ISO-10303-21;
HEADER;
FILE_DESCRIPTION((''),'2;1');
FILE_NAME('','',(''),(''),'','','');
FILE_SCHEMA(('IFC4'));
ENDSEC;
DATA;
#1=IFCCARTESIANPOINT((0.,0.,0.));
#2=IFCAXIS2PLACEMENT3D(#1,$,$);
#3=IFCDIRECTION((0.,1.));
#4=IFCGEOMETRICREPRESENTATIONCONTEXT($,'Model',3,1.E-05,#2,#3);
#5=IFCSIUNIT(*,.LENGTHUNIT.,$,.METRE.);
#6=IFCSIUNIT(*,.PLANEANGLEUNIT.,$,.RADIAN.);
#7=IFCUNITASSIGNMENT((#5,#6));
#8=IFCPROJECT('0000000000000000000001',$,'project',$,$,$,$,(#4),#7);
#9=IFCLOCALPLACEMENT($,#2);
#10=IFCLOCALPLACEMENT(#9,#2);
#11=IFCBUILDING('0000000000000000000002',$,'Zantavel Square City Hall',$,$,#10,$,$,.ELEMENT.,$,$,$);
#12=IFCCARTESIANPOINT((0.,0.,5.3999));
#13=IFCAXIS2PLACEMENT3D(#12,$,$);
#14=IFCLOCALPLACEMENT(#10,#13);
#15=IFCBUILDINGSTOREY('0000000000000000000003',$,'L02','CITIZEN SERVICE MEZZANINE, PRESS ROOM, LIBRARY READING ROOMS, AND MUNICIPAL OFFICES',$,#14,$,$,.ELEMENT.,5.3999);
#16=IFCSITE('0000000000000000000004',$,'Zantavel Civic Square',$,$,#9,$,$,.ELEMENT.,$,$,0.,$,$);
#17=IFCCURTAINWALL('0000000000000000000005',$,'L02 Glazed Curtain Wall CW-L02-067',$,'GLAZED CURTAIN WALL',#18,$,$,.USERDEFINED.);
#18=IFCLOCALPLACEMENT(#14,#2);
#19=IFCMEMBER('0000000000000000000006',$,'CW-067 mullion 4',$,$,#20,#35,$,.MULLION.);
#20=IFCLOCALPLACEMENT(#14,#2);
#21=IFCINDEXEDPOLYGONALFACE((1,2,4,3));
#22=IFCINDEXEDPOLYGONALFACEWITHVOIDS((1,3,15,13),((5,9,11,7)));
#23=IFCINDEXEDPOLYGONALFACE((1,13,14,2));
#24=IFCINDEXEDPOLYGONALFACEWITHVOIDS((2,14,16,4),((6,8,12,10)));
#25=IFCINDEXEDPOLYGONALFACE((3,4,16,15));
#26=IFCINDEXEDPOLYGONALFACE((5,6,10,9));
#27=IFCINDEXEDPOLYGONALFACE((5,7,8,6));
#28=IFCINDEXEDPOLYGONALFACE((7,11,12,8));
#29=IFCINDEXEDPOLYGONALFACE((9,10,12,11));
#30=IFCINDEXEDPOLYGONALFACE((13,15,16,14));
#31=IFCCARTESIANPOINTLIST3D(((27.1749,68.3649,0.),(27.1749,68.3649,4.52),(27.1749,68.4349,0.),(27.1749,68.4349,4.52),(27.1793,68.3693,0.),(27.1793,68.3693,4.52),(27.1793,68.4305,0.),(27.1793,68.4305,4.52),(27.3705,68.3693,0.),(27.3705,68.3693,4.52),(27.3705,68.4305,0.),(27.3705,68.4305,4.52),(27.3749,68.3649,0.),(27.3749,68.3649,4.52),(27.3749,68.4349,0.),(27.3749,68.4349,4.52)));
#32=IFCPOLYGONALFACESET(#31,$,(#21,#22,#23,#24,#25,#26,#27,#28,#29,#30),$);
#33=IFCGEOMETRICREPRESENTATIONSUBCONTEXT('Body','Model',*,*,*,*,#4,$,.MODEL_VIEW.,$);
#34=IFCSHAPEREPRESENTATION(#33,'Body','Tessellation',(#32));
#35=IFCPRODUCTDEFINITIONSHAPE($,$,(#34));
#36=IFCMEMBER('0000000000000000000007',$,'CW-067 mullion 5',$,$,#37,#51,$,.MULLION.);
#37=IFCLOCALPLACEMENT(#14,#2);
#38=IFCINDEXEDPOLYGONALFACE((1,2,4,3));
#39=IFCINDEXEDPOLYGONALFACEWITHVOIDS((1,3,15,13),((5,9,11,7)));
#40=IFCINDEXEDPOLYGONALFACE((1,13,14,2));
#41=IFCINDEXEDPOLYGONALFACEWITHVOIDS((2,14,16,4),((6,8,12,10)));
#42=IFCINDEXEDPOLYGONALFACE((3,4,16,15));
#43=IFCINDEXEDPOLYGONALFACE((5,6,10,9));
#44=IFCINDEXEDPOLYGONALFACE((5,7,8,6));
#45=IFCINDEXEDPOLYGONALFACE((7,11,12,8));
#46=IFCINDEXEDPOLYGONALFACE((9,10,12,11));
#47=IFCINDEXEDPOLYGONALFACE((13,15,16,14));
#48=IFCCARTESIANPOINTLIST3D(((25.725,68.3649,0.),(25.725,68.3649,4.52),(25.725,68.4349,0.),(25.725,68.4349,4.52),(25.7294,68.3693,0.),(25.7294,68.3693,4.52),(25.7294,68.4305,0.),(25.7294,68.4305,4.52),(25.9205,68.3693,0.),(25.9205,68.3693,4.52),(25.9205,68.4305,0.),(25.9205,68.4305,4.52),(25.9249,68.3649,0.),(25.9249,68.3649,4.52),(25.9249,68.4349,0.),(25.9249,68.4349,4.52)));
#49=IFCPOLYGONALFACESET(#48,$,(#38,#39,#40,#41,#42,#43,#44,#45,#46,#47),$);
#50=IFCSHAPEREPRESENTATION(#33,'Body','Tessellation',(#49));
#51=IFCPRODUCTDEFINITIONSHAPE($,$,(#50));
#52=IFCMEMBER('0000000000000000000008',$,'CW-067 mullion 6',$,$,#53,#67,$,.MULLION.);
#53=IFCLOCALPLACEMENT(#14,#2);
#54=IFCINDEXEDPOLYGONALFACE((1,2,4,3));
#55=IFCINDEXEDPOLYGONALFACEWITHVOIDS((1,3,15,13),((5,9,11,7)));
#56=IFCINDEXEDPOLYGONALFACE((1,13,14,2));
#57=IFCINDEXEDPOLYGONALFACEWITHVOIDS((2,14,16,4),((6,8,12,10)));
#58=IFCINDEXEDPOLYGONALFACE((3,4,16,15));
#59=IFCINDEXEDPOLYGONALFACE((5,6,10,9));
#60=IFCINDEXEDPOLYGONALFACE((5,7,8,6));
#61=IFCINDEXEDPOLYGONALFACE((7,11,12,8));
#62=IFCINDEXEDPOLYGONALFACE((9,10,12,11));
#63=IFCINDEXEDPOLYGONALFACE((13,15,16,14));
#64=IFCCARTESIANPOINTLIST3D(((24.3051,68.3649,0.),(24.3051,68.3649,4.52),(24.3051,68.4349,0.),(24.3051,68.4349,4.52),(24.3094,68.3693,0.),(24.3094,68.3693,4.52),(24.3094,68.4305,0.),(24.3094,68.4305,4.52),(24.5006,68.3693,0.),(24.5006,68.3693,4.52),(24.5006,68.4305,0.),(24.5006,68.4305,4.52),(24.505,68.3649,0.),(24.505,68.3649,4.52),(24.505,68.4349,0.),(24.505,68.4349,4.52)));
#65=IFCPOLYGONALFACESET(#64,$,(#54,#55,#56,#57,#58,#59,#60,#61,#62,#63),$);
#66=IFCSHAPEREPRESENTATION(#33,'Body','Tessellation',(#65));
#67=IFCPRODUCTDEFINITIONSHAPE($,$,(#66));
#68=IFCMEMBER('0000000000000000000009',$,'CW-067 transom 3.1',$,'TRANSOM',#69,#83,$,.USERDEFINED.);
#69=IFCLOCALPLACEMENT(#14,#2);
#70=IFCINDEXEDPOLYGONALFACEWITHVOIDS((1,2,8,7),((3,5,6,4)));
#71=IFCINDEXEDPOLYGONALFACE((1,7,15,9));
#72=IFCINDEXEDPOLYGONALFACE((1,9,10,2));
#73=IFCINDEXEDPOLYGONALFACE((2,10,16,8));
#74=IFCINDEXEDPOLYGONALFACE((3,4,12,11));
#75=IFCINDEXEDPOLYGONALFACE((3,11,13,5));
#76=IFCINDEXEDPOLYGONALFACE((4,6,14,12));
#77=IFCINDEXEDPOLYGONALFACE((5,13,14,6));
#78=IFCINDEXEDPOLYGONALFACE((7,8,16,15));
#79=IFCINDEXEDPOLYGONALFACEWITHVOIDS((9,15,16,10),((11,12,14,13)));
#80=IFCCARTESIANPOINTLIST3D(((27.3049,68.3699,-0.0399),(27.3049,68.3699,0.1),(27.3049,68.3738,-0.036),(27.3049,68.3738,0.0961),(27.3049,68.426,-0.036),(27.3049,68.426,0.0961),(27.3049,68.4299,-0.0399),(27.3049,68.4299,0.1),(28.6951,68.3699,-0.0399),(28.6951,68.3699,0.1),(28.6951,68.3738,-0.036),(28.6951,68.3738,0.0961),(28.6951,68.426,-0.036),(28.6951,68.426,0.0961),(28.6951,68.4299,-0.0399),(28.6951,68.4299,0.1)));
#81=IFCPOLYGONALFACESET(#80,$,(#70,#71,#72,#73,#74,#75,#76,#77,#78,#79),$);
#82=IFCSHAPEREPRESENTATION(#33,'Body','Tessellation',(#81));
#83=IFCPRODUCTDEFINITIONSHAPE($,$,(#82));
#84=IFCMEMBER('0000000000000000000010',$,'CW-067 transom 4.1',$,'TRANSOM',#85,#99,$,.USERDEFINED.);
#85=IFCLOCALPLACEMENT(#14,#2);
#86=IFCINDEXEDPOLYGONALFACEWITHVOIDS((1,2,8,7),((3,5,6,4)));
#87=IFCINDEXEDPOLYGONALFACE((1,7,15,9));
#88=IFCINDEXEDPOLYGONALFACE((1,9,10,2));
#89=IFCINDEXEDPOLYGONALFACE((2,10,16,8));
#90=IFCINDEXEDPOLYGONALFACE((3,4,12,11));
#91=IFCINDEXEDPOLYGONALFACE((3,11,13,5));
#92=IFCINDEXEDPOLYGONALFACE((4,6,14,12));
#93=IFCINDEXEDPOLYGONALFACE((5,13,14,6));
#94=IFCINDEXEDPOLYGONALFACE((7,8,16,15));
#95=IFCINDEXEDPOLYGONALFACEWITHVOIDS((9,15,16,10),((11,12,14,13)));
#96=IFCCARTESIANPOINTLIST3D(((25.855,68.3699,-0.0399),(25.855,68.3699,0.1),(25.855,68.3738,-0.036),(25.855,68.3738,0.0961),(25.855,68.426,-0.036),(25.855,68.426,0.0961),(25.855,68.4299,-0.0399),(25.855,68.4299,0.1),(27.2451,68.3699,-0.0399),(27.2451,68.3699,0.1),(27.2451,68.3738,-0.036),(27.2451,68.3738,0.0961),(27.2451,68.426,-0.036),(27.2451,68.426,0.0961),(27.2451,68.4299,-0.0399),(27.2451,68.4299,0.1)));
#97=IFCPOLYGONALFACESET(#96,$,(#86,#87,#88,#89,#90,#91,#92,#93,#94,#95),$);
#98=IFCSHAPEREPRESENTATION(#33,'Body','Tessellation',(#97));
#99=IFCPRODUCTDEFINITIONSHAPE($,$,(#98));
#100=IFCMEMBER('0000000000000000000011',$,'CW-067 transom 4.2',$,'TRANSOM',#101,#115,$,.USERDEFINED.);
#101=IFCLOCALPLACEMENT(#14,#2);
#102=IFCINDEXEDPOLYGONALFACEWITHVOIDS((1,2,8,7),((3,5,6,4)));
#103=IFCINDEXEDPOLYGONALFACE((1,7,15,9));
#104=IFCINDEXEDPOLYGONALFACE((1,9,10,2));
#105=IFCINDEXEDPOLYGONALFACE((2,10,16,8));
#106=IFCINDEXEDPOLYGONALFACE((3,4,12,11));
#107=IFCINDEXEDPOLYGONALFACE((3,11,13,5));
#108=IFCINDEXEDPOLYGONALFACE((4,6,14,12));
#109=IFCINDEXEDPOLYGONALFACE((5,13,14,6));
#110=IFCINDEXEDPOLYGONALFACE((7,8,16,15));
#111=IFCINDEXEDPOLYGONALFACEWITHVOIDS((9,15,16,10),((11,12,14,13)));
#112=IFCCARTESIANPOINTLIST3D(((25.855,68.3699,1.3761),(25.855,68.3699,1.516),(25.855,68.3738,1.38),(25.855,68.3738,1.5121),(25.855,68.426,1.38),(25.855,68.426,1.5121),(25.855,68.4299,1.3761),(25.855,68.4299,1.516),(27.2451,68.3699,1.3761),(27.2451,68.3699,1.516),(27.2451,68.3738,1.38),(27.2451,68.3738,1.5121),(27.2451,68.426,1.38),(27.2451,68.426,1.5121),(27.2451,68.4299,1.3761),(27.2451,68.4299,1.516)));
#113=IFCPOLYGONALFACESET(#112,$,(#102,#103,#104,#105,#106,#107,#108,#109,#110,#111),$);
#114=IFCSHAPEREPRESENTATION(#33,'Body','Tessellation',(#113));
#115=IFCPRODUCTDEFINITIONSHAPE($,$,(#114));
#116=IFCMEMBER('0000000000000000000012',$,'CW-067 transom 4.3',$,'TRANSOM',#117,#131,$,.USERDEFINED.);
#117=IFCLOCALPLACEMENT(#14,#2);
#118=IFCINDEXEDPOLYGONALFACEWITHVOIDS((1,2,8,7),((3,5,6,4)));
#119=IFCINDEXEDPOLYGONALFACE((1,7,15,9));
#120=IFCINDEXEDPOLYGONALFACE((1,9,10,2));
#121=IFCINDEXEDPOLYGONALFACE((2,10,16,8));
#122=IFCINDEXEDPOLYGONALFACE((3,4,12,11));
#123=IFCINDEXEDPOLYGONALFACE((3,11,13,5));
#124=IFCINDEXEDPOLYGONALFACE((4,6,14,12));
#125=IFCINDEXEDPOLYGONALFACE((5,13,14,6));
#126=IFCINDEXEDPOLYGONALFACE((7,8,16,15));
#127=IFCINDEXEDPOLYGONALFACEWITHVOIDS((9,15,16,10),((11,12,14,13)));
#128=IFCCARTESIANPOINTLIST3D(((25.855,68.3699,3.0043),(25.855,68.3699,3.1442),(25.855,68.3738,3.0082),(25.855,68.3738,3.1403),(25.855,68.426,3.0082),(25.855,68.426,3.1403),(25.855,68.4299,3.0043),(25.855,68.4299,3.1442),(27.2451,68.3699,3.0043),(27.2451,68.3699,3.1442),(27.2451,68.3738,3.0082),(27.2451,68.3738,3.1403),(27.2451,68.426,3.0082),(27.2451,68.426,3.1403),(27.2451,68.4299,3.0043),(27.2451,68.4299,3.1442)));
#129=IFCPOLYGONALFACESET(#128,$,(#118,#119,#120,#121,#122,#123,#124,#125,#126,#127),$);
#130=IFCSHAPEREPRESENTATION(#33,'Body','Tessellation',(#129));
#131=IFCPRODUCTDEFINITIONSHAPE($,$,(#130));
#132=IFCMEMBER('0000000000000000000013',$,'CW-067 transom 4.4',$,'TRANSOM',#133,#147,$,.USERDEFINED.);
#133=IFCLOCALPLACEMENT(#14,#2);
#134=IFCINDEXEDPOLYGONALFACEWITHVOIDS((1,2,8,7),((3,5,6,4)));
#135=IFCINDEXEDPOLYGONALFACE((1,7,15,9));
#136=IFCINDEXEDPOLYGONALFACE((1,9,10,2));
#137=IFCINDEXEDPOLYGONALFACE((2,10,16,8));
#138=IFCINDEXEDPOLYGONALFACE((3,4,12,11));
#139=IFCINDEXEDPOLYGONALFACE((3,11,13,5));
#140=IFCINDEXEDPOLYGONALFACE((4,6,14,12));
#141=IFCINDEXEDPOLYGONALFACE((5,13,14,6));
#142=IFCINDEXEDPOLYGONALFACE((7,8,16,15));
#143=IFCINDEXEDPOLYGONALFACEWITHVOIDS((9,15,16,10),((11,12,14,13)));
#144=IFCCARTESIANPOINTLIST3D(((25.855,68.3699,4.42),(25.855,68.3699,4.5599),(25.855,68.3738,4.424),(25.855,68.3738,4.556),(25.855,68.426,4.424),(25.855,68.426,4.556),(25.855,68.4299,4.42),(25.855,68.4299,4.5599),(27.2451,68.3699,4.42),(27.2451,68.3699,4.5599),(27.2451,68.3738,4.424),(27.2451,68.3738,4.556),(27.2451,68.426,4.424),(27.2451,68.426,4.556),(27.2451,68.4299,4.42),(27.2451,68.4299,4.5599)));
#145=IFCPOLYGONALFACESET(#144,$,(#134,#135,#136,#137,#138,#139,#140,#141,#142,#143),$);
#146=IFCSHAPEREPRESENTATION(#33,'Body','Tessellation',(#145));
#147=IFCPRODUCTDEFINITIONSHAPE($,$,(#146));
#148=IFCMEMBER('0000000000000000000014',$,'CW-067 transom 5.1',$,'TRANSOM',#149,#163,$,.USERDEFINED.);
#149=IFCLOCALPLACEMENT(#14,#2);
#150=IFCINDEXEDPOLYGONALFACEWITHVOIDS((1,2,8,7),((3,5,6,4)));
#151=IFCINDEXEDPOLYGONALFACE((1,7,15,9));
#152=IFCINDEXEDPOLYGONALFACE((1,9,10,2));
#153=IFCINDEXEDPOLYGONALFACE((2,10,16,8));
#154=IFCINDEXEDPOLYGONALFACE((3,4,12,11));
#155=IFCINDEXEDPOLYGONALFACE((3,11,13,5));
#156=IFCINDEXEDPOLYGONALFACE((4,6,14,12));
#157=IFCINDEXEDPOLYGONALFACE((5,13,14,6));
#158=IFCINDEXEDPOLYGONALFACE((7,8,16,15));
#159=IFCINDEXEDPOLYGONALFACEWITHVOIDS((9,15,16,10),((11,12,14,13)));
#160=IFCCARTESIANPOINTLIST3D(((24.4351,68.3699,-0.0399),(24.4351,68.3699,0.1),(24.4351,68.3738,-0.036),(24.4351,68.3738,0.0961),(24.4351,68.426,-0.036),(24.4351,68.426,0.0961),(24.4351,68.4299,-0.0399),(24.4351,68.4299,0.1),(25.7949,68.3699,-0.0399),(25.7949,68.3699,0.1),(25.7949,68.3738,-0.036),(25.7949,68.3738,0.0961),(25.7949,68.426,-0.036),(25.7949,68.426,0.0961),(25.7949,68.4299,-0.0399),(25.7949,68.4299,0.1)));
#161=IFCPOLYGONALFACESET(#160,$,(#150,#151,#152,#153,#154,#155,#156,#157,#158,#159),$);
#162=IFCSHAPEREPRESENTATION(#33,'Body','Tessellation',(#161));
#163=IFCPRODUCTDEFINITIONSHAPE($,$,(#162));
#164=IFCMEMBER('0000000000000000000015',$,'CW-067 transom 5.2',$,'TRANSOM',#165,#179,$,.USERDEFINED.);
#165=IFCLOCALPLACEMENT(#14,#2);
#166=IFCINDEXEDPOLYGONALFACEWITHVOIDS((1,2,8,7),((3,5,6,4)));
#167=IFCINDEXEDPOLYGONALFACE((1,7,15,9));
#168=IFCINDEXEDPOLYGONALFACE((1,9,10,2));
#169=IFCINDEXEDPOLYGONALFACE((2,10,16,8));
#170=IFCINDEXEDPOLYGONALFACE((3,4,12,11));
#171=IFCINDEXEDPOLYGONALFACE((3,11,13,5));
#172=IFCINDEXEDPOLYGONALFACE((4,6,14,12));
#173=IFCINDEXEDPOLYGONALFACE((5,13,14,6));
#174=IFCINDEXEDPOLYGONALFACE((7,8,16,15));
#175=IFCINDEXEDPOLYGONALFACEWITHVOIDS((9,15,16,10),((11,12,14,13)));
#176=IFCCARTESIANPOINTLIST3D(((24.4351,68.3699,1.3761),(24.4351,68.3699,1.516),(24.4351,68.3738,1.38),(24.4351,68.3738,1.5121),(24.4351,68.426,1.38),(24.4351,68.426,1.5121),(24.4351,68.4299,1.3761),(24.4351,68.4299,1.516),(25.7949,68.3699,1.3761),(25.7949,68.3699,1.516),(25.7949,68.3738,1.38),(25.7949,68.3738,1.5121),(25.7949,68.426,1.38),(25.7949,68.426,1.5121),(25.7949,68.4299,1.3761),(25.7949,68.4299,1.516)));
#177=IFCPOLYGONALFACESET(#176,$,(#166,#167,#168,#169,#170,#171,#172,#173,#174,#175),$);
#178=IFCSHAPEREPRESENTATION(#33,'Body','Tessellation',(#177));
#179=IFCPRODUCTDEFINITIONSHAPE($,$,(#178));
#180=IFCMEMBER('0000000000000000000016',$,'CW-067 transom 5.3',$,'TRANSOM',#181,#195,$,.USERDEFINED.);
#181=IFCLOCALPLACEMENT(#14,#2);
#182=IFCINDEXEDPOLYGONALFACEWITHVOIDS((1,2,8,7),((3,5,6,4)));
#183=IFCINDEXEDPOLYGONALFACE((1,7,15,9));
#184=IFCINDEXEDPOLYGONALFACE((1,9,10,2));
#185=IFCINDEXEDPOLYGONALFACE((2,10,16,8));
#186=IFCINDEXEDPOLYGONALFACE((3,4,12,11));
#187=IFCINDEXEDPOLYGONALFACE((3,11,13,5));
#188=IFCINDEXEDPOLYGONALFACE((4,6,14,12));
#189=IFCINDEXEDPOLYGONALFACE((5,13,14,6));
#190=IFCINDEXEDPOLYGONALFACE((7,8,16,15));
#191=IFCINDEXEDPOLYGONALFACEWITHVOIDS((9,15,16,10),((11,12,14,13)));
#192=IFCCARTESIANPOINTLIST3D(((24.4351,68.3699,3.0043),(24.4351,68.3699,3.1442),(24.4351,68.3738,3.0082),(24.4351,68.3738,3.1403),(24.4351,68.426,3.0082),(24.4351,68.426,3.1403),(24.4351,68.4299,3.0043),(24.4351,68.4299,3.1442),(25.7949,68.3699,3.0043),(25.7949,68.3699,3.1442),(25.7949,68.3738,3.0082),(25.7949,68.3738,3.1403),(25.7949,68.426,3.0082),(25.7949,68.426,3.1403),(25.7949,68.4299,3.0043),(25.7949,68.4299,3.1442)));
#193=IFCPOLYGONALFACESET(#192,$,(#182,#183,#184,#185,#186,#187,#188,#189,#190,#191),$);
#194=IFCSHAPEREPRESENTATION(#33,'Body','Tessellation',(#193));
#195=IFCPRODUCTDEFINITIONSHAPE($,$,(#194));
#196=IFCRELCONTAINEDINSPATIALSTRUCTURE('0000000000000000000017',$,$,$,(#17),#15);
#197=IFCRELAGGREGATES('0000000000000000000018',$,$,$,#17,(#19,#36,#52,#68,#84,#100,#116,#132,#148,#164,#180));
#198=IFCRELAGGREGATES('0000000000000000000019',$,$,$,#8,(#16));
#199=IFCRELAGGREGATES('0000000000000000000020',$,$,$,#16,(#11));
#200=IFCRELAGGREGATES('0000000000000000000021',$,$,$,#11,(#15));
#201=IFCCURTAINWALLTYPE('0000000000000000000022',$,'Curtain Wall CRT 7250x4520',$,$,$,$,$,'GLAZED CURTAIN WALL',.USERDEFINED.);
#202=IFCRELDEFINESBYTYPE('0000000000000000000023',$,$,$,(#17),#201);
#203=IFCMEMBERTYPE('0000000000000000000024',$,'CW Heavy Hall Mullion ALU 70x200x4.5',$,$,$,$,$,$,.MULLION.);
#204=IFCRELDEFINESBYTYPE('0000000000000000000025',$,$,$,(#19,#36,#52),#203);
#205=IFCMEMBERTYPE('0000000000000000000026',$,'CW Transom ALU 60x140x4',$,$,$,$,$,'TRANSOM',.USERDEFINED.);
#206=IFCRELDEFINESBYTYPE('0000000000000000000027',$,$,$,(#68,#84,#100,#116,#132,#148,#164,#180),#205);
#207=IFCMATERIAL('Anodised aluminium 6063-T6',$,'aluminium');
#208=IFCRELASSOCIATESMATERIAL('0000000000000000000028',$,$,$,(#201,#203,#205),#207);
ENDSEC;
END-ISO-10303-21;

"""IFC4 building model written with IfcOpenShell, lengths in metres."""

from ifc_helpers import new_model, si_unit, direction, frame, origin, origin_2d, place, context, subcontext, project, spatial, hollow_rectangle, extrude, material, material_profile, profile_set, type_object, element, aggregate, save


model = new_model("IFC4")

# Units and contexts
model_context = context("Model", 3, precision=1e-05, world=origin(), true_north=direction((0.0, 1.0)))
body_context = subcontext(model_context, "Body", "Model", "MODEL_VIEW")
ifc_project = project(units=[si_unit("LENGTHUNIT", "METRE"), si_unit("PLANEANGLEUNIT", "RADIAN")], contexts=[model_context])

# Site, building, storey
site_placement = place(None, origin())
site = spatial("IfcSite", under=ifc_project, at=site_placement, Name="Zantavel Civic Square", CompositionType="ELEMENT", RefElevation=0.0)
building_placement = place(site_placement, origin())
building = spatial("IfcBuilding", under=site, at=building_placement, Name="Zantavel Square City Hall", CompositionType="ELEMENT")
storey_placement = place(building_placement, frame((0.0, 0.0, 5.3999)))
storey = spatial("IfcBuildingStorey", under=building, at=storey_placement, Name="L02", Description="CITIZEN SERVICE MEZZANINE, PRESS ROOM, LIBRARY READING ROOMS, AND MUNICIPAL OFFICES", CompositionType="ELEMENT", Elevation=5.3999)

# Curtain wall, members
ifc_material_1 = material(Name="Anodised aluminium 6063-T6", Category="aluminium")
curtain_wall_type = type_object("IfcCurtainWallType", Name="Curtain Wall CRT 7250x4520", ElementType="GLAZED CURTAIN WALL", PredefinedType="USERDEFINED", material=ifc_material_1)
curtain_wall_placement = place(storey_placement, origin())
curtain_wall = element("IfcCurtainWall", 1, at=curtain_wall_placement, inside=storey, type_object=curtain_wall_type, Name="L02 Glazed Curtain Wall CW-L02-067", ObjectType="GLAZED CURTAIN WALL", PredefinedType="USERDEFINED")
ifc_material_profile_1 = material_profile(ifc_material_1, hollow_rectangle(XDim=0.0701, YDim=0.2, WallThickness=0.0044, at=origin_2d()), Name="ALU 70x200x4.5")
ifc_profile_set_1 = profile_set([ifc_material_profile_1], Name="Anodised aluminium 6063-T6")
member_type_1 = type_object("IfcMemberType", Name="CW Heavy Hall Mullion ALU 70x200x4.5", PredefinedType="MULLION", material=ifc_profile_set_1)
member_1_placement = place(storey_placement, frame((27.2749, 68.3999, 0.0), z_axis=(0.0, 0.0, 1.0), x_axis=(0.0, -1.0, 0.0)))
member_1 = element("IfcMember", 2, at=member_1_placement, type_object=member_type_1, Name="CW-067 mullion 4", PredefinedType="MULLION", context=body_context, shape_type="SweptSolid", body=[
    extrude(hollow_rectangle(XDim=0.0701, YDim=0.2, WallThickness=0.0044, at=origin_2d()), origin(), (0.0, 0.0, 1.0), 4.52),
])
member_2_placement = place(storey_placement, frame((25.825, 68.3999, 0.0), z_axis=(0.0, 0.0, 1.0), x_axis=(0.0, -1.0, 0.0)))
member_2 = element("IfcMember", 3, at=member_2_placement, type_object=member_type_1, Name="CW-067 mullion 5", PredefinedType="MULLION", context=body_context, shape_type="SweptSolid", body=[
    extrude(hollow_rectangle(XDim=0.0701, YDim=0.2, WallThickness=0.0044, at=origin_2d()), origin(), (0.0, 0.0, 1.0), 4.52),
])
member_3_placement = place(storey_placement, frame((24.405, 68.3999, 0.0), z_axis=(0.0, 0.0, 1.0), x_axis=(0.0, -1.0, 0.0)))
member_3 = element("IfcMember", 4, at=member_3_placement, type_object=member_type_1, Name="CW-067 mullion 6", PredefinedType="MULLION", context=body_context, shape_type="SweptSolid", body=[
    extrude(hollow_rectangle(XDim=0.0701, YDim=0.2, WallThickness=0.0044, at=origin_2d()), origin(), (0.0, 0.0, 1.0), 4.52),
])
ifc_material_profile_2 = material_profile(ifc_material_1, hollow_rectangle(XDim=0.0601, YDim=0.1399, WallThickness=0.0039, at=origin_2d()), Name="ALU 60x140x4")
ifc_profile_set_2 = profile_set([ifc_material_profile_2], Name="Anodised aluminium 6063-T6")
member_type_2 = type_object("IfcMemberType", Name="CW Transom ALU 60x140x4", ElementType="TRANSOM", PredefinedType="USERDEFINED", material=ifc_profile_set_2)
member_4_placement = place(storey_placement, frame((28.6951, 68.3999, 0.03), z_axis=(-1.0, 0.0, 0.0), x_axis=(0.0, -1.0, 0.0)))
member_4 = element("IfcMember", 5, at=member_4_placement, type_object=member_type_2, Name="CW-067 transom 3.1", ObjectType="TRANSOM", PredefinedType="USERDEFINED", context=body_context, shape_type="SweptSolid", body=[
    extrude(hollow_rectangle(XDim=0.0601, YDim=0.1399, WallThickness=0.0039, at=origin_2d()), origin(), (0.0, 0.0, 1.0), 1.3901),
])
member_5_placement = place(storey_placement, frame((27.2451, 68.3999, 0.03), z_axis=(-1.0, 0.0, 0.0), x_axis=(0.0, -1.0, 0.0)))
member_5 = element("IfcMember", 6, at=member_5_placement, type_object=member_type_2, Name="CW-067 transom 4.1", ObjectType="TRANSOM", PredefinedType="USERDEFINED", context=body_context, shape_type="SweptSolid", body=[
    extrude(hollow_rectangle(XDim=0.0601, YDim=0.1399, WallThickness=0.0039, at=origin_2d()), origin(), (0.0, 0.0, 1.0), 1.3901),
])
member_6_placement = place(storey_placement, frame((27.2451, 68.3999, 1.446), z_axis=(-1.0, 0.0, 0.0), x_axis=(0.0, -1.0, 0.0)))
member_6 = element("IfcMember", 7, at=member_6_placement, type_object=member_type_2, Name="CW-067 transom 4.2", ObjectType="TRANSOM", PredefinedType="USERDEFINED", context=body_context, shape_type="SweptSolid", body=[
    extrude(hollow_rectangle(XDim=0.0601, YDim=0.1399, WallThickness=0.0039, at=origin_2d()), origin(), (0.0, 0.0, 1.0), 1.3901),
])
member_7_placement = place(storey_placement, frame((27.2451, 68.3999, 3.0742), z_axis=(-1.0, 0.0, 0.0), x_axis=(0.0, -1.0, 0.0)))
member_7 = element("IfcMember", 8, at=member_7_placement, type_object=member_type_2, Name="CW-067 transom 4.3", ObjectType="TRANSOM", PredefinedType="USERDEFINED", context=body_context, shape_type="SweptSolid", body=[
    extrude(hollow_rectangle(XDim=0.0601, YDim=0.1399, WallThickness=0.0039, at=origin_2d()), origin(), (0.0, 0.0, 1.0), 1.3901),
])
member_8_placement = place(storey_placement, frame((27.2451, 68.3999, 4.49), z_axis=(-1.0, 0.0, 0.0), x_axis=(0.0, -1.0, 0.0)))
member_8 = element("IfcMember", 9, at=member_8_placement, type_object=member_type_2, Name="CW-067 transom 4.4", ObjectType="TRANSOM", PredefinedType="USERDEFINED", context=body_context, shape_type="SweptSolid", body=[
    extrude(hollow_rectangle(XDim=0.0601, YDim=0.1399, WallThickness=0.0039, at=origin_2d()), origin(), (0.0, 0.0, 1.0), 1.3901),
])
member_9_placement = place(storey_placement, frame((25.7949, 68.3999, 0.03), z_axis=(-1.0, 0.0, 0.0), x_axis=(0.0, -1.0, 0.0)))
member_9 = element("IfcMember", 10, at=member_9_placement, type_object=member_type_2, Name="CW-067 transom 5.1", ObjectType="TRANSOM", PredefinedType="USERDEFINED", context=body_context, shape_type="SweptSolid", body=[
    extrude(hollow_rectangle(XDim=0.0601, YDim=0.1399, WallThickness=0.0039, at=origin_2d()), origin(), (0.0, 0.0, 1.0), 1.3599),
])
member_10_placement = place(storey_placement, frame((25.7949, 68.3999, 1.446), z_axis=(-1.0, 0.0, 0.0), x_axis=(0.0, -1.0, 0.0)))
member_10 = element("IfcMember", 11, at=member_10_placement, type_object=member_type_2, Name="CW-067 transom 5.2", ObjectType="TRANSOM", PredefinedType="USERDEFINED", context=body_context, shape_type="SweptSolid", body=[
    extrude(hollow_rectangle(XDim=0.0601, YDim=0.1399, WallThickness=0.0039, at=origin_2d()), origin(), (0.0, 0.0, 1.0), 1.3599),
])
member_11_placement = place(storey_placement, frame((25.7949, 68.3999, 3.0742), z_axis=(-1.0, 0.0, 0.0), x_axis=(0.0, -1.0, 0.0)))
member_11 = element("IfcMember", 12, at=member_11_placement, type_object=member_type_2, Name="CW-067 transom 5.3", ObjectType="TRANSOM", PredefinedType="USERDEFINED", context=body_context, shape_type="SweptSolid", body=[
    extrude(hollow_rectangle(XDim=0.0601, YDim=0.1399, WallThickness=0.0039, at=origin_2d()), origin(), (0.0, 0.0, 1.0), 1.3599),
])
aggregate(curtain_wall, [member_1, member_2, member_3, member_4, member_5, member_6, member_7, member_8, member_9, member_10, member_11])

save(model, "model.ifc")
